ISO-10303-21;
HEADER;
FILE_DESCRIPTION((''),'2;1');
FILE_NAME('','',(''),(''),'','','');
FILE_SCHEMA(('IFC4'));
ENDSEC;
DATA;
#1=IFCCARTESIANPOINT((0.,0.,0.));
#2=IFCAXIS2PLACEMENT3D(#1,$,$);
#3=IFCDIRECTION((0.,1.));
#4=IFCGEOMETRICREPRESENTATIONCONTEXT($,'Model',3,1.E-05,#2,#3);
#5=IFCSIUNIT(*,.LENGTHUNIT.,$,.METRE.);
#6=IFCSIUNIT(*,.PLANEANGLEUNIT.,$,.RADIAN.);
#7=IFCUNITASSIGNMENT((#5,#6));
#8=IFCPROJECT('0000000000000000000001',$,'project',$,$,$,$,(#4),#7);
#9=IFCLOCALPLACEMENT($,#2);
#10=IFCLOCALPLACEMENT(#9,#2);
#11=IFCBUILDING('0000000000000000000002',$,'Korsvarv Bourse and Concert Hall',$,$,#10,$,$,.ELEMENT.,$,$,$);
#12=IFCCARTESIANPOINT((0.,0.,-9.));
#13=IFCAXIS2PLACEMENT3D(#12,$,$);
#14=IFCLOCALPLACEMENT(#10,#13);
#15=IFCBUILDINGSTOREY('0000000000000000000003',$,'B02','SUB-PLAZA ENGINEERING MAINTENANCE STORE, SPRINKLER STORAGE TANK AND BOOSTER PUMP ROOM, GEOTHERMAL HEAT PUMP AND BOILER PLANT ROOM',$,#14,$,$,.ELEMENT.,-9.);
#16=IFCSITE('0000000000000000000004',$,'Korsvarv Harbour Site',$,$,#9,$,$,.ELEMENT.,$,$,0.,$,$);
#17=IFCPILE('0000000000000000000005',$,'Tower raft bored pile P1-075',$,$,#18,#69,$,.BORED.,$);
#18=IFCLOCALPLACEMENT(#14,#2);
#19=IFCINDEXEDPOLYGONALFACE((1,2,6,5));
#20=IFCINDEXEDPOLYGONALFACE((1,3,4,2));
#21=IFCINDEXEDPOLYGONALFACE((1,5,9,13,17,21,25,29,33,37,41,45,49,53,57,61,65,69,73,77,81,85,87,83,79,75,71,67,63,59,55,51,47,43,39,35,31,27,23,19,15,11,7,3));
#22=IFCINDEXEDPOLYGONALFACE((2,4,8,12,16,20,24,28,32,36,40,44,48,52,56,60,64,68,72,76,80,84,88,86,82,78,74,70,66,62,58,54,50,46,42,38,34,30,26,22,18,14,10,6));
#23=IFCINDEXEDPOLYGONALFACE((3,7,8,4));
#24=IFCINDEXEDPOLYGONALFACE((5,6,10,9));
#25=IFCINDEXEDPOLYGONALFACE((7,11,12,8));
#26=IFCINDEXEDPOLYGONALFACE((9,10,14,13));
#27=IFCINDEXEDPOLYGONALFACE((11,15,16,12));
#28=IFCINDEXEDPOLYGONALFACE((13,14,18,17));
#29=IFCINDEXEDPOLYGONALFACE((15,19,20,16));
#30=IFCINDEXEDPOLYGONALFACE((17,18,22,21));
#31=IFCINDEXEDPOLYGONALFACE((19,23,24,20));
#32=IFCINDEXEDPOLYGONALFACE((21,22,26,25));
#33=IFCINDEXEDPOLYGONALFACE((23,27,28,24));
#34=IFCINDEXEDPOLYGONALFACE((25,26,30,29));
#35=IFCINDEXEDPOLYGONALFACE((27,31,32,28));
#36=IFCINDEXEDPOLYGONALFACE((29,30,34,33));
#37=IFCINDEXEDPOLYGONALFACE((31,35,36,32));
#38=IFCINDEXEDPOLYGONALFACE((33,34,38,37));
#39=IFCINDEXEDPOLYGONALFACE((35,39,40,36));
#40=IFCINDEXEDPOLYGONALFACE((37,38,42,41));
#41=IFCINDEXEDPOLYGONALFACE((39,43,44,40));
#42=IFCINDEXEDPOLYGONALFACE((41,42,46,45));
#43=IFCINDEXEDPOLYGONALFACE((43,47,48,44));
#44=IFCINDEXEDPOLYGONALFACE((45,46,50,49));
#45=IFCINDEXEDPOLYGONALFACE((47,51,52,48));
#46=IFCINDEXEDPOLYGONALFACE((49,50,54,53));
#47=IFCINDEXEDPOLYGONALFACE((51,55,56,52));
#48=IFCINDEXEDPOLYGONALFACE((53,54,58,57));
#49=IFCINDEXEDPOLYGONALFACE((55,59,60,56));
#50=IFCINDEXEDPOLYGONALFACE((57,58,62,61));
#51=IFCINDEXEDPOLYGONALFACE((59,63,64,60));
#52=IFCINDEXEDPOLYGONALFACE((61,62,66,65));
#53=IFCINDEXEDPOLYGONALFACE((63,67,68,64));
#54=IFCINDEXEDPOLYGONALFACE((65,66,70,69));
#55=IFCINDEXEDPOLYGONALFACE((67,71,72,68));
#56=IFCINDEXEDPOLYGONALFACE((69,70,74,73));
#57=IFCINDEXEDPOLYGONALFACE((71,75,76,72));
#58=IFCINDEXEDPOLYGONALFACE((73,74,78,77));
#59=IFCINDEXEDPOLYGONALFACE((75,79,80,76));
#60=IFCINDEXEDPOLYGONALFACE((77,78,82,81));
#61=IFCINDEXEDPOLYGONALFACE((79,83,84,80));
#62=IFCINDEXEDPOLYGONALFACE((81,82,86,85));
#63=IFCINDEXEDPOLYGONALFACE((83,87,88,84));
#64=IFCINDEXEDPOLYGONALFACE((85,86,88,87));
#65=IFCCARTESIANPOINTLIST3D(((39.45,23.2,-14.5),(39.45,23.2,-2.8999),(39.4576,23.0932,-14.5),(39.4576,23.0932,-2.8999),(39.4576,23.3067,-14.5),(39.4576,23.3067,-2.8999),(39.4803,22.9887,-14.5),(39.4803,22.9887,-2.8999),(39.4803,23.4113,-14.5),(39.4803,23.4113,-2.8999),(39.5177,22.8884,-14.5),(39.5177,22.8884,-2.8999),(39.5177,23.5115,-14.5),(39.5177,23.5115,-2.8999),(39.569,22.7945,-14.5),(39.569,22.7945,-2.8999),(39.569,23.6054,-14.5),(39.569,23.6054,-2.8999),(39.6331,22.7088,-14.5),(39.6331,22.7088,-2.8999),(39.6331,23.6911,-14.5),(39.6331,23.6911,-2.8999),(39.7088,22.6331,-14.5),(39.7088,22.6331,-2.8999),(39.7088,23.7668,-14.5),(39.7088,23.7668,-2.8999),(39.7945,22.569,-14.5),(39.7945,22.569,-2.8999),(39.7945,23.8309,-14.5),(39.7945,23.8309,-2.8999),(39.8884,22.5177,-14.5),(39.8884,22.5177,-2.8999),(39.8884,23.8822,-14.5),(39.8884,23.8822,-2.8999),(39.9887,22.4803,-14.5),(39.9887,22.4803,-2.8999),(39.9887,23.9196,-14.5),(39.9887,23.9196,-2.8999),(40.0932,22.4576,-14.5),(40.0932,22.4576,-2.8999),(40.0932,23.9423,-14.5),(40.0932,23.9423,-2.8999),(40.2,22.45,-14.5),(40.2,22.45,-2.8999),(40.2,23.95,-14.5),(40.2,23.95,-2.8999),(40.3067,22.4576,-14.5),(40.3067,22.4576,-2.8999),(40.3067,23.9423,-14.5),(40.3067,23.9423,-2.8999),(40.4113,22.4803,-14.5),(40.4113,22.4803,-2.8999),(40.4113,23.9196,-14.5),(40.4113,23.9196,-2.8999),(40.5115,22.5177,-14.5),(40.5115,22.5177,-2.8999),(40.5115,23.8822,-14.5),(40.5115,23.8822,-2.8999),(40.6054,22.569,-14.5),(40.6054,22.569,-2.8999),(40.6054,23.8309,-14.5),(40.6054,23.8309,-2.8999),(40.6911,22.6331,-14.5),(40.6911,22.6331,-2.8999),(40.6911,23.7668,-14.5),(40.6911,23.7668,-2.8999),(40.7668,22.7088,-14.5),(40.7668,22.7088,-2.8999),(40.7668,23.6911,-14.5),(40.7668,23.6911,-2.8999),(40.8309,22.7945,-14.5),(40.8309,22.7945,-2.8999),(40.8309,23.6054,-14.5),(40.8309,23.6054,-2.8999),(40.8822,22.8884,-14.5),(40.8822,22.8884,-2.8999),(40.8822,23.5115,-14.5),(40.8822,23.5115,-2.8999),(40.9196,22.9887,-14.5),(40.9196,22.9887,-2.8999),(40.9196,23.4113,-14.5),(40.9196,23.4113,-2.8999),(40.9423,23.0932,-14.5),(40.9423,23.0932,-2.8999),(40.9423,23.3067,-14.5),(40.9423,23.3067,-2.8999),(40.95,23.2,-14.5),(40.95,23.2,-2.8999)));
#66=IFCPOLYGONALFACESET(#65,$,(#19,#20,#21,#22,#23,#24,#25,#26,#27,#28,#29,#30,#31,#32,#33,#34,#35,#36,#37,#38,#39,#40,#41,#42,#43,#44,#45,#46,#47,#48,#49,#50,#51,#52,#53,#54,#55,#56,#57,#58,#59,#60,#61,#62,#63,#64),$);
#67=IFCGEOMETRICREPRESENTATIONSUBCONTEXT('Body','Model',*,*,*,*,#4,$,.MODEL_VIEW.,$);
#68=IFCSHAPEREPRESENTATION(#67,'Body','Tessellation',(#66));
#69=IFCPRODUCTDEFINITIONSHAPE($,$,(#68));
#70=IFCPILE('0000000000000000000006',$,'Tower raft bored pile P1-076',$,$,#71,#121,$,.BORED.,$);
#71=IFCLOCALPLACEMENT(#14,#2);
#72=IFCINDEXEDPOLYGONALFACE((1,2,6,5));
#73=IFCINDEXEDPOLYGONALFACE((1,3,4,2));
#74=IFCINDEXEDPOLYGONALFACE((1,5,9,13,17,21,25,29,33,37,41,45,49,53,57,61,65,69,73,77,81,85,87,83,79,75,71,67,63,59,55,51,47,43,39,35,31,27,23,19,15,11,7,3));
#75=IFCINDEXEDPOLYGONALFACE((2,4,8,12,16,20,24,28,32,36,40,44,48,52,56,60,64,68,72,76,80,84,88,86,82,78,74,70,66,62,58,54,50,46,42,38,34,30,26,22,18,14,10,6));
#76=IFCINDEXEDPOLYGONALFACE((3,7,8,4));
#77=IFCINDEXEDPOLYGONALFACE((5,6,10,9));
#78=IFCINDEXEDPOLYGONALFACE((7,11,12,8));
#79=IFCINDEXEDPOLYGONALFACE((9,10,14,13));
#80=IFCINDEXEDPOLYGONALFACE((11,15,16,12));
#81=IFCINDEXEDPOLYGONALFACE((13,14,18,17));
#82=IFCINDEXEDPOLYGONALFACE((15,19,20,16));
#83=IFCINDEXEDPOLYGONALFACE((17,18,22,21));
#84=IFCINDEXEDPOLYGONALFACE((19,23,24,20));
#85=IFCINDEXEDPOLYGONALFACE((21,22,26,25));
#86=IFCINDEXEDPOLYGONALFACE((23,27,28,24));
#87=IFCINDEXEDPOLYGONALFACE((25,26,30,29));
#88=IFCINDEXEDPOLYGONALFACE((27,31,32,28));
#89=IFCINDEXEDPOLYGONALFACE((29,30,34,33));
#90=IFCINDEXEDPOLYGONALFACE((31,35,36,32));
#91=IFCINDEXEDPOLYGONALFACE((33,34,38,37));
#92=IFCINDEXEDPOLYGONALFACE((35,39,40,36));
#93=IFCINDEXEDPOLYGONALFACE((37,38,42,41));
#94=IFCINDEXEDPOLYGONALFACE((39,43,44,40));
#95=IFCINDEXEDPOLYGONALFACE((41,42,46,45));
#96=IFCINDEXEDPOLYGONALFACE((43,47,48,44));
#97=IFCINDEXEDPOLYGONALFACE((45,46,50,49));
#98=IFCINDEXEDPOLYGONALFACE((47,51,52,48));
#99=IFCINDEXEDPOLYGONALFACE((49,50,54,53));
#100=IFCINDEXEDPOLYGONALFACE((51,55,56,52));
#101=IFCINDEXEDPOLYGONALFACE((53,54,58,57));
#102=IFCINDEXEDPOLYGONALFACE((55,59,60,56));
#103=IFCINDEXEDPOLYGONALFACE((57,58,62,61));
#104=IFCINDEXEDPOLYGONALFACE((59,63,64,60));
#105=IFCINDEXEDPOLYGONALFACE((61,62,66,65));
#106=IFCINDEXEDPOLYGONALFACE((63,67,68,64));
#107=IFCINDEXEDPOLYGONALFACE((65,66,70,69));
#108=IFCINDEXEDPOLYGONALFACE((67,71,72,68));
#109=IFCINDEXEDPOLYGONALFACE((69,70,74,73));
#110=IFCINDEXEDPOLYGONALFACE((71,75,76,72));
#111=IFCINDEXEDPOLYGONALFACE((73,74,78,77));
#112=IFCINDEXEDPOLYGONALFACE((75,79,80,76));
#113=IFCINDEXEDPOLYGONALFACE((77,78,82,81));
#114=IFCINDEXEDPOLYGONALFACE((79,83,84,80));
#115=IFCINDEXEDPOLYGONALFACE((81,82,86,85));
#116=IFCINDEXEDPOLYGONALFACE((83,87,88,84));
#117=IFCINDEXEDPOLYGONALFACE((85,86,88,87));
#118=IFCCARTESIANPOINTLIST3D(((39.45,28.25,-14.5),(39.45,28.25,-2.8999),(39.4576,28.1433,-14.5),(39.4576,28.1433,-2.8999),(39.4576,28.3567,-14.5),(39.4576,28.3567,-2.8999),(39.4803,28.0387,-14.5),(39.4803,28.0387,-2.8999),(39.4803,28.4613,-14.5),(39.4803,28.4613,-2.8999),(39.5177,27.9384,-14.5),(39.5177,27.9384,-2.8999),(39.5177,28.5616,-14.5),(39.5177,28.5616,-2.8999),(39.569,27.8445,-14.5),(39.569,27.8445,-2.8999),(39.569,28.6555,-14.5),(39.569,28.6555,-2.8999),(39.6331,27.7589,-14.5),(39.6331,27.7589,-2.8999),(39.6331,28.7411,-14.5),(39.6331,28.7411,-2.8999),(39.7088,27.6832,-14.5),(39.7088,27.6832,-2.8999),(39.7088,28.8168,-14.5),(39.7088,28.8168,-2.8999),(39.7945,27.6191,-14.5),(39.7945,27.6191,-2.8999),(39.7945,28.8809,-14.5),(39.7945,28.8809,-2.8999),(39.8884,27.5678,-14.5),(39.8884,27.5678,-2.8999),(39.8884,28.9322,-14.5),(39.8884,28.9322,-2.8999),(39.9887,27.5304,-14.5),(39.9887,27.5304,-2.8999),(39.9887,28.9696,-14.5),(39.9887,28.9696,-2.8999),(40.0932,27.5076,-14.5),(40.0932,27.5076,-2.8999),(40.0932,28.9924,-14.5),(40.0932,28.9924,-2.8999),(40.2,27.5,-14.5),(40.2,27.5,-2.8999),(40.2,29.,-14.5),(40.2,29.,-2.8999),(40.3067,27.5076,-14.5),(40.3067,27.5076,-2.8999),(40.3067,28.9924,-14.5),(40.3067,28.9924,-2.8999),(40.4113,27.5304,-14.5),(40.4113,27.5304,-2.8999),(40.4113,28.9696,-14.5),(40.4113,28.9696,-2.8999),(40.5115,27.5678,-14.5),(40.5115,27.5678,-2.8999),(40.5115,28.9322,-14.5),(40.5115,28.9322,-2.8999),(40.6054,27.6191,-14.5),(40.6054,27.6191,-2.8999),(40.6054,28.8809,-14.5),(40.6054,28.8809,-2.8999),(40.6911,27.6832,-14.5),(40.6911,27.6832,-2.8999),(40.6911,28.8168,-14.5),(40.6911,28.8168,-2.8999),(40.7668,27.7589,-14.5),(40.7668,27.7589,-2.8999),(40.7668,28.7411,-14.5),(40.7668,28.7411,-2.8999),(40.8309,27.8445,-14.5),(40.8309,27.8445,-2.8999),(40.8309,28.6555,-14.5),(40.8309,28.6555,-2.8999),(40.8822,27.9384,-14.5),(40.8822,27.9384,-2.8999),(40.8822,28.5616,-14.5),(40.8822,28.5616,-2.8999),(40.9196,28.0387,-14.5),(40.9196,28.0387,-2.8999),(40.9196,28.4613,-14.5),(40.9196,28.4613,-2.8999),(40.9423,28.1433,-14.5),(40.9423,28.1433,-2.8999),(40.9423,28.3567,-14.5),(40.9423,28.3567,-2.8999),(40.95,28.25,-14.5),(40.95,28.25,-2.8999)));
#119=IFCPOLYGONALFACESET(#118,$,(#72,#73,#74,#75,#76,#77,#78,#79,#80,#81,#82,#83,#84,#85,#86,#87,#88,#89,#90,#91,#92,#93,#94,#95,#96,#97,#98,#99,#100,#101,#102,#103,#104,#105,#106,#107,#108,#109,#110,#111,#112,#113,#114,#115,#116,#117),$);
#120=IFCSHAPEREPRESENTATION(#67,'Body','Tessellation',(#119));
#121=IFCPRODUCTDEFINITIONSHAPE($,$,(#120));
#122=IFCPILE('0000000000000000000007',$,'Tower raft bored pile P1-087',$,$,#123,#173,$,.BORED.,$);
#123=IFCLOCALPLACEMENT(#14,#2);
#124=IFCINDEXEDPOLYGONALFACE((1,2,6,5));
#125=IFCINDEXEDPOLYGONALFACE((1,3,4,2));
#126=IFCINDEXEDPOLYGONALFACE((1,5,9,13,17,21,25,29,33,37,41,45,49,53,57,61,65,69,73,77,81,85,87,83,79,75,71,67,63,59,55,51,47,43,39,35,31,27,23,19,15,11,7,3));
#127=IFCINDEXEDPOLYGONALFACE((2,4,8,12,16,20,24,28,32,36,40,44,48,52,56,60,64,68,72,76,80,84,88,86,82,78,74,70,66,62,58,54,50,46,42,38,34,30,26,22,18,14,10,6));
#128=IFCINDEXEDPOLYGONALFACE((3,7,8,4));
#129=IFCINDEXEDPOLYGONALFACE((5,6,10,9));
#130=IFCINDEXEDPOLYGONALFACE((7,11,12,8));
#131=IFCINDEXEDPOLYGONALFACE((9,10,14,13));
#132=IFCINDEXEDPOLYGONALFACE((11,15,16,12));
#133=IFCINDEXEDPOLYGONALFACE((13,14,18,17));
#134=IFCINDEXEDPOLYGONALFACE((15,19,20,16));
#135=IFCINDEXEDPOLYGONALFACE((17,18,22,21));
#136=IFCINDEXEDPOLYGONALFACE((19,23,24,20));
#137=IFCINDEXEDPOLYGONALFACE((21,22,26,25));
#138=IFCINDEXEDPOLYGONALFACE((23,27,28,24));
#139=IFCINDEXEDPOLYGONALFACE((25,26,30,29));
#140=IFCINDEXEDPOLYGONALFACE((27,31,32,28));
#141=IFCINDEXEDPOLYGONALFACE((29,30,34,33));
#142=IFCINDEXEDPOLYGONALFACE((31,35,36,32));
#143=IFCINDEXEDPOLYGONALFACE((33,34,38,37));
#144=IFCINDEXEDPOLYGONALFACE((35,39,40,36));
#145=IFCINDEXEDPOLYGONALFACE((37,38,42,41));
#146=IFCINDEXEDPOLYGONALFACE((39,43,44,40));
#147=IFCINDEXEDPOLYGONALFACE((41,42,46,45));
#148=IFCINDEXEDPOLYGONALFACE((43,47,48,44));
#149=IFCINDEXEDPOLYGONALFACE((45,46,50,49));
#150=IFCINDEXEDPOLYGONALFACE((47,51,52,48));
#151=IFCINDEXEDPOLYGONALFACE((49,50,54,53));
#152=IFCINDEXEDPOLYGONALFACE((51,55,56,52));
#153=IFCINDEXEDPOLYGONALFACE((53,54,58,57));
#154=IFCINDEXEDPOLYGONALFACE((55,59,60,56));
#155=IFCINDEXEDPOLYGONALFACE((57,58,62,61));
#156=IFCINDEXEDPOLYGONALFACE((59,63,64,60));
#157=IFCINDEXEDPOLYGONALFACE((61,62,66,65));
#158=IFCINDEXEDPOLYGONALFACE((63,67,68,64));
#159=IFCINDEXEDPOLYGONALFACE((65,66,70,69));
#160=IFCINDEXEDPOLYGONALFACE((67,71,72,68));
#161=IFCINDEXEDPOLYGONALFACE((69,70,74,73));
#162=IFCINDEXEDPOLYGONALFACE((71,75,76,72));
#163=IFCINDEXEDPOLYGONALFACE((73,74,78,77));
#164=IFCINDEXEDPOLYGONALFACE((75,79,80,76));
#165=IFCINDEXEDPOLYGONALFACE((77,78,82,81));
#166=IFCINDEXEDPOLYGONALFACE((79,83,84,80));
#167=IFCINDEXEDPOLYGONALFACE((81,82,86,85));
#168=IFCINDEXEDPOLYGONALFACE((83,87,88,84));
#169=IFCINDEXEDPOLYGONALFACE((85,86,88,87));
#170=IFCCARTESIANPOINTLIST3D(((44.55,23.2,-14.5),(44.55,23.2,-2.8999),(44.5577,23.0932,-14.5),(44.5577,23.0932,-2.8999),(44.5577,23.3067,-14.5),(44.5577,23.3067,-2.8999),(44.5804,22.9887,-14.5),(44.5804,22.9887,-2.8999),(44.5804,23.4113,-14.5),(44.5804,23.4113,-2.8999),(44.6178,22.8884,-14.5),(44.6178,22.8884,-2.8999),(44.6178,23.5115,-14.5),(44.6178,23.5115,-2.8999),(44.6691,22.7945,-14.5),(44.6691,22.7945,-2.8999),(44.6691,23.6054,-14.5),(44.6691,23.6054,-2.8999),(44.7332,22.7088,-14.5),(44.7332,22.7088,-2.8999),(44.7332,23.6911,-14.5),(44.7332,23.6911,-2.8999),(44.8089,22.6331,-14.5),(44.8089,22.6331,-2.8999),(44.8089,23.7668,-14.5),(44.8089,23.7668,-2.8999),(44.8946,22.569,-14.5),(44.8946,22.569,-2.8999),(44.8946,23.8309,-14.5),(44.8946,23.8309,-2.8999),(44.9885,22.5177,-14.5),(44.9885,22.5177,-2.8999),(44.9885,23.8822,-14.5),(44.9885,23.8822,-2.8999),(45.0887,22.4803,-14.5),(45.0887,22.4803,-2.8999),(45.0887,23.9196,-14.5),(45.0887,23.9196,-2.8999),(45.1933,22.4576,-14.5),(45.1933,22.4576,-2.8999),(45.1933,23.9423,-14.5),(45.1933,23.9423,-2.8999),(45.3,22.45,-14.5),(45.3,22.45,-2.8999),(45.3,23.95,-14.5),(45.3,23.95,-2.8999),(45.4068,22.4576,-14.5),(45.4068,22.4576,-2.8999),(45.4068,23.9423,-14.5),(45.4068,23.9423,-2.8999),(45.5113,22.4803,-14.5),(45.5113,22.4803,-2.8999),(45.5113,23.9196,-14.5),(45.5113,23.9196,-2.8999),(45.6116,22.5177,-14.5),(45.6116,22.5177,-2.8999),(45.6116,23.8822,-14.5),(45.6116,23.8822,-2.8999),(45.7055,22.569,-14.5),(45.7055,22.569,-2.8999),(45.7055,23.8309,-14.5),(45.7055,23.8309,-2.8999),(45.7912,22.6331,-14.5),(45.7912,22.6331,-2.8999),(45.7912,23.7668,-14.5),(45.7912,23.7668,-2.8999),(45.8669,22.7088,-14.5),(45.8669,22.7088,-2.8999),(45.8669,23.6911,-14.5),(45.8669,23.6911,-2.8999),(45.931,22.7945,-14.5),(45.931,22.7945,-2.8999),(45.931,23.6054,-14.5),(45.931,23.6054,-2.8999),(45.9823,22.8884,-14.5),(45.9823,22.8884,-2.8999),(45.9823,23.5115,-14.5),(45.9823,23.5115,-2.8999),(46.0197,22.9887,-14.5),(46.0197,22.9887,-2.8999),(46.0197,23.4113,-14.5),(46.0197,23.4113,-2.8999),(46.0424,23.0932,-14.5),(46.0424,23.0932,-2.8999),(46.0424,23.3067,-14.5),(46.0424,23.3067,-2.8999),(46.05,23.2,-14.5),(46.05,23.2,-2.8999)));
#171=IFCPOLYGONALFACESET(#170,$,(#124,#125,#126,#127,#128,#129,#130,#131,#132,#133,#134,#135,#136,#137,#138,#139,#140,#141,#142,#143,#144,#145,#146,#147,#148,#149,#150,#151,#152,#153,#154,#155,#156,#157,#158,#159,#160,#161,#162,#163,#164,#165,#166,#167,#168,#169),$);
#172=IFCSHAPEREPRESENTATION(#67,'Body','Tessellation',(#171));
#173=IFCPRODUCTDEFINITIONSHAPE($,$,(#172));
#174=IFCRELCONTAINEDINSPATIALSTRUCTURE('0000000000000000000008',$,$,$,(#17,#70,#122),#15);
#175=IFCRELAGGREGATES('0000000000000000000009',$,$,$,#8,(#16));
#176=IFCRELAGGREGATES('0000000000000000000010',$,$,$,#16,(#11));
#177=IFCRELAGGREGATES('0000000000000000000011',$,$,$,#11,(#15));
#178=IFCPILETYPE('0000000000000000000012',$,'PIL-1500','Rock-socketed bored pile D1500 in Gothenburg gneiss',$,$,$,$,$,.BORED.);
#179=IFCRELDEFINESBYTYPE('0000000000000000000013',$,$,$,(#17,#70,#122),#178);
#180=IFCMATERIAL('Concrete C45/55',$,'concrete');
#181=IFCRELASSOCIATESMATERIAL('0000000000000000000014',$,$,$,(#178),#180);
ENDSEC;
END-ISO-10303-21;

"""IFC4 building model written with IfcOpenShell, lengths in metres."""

from ifc_helpers import new_model, si_unit, direction, frame, origin, origin_2d, place, context, subcontext, project, spatial, circle, extrude, source, transform, mapped, material, material_profile, profile_set, type_object, element, save


model = new_model("IFC4")

# Units and contexts
model_context = context("Model", 3, precision=1e-05, world=origin(), true_north=direction((0.0, 1.0)))
body_context = subcontext(model_context, "Body", "Model", "MODEL_VIEW")
ifc_project = project(units=[si_unit("LENGTHUNIT", "METRE"), si_unit("PLANEANGLEUNIT", "RADIAN")], contexts=[model_context])

# Site, building, storey
site_placement = place(None, origin())
site = spatial("IfcSite", under=ifc_project, at=site_placement, Name="Korsvarv Harbour Site", CompositionType="ELEMENT", RefElevation=0.0)
building_placement = place(site_placement, origin())
building = spatial("IfcBuilding", under=site, at=building_placement, Name="Korsvarv Bourse and Concert Hall", CompositionType="ELEMENT")
storey_placement = place(building_placement, frame((0.0, 0.0, -9.0)))
storey = spatial("IfcBuildingStorey", under=building, at=storey_placement, Name="B02", Description="SUB-PLAZA ENGINEERING MAINTENANCE STORE, SPRINKLER STORAGE TANK AND BOOSTER PUMP ROOM, GEOTHERMAL HEAT PUMP AND BOILER PLANT ROOM", CompositionType="ELEMENT", Elevation=-9.0)

# Piles
ifc_material_1 = material(Name="Concrete C45/55", Category="concrete")
ifc_material_profile_1 = material_profile(ifc_material_1, circle(Radius=0.75, at=origin_2d()), Name="PILE D1500")
ifc_profile_set_1 = profile_set([ifc_material_profile_1], Name="Concrete C45/55")
pile_type = type_object("IfcPileType", Name="PIL-1500", Description="Rock-socketed bored pile D1500 in Gothenburg gneiss", PredefinedType="BORED", material=ifc_profile_set_1)
shared_shape_1 = source(origin(), body_context, "Body", "SweptSolid", [
    extrude(circle(Radius=0.75, at=origin_2d()), origin(), (0.0, 0.0, 1.0), 11.6001),
])
for number, where, z_axis, x_axis, name in (
    (1, (40.2, 23.2, -2.8999), (0.0, 0.0, -1.0), (1.0, 0.0, 0.0), "Tower raft bored pile P1-075"),
    (2, (40.2, 28.25, -2.8999), (0.0, 0.0, -1.0), (1.0, 0.0, 0.0), "Tower raft bored pile P1-076"),
    (3, (45.3, 23.2, -2.8999), (0.0, 0.0, -1.0), (1.0, 0.0, 0.0), "Tower raft bored pile P1-087"),
):
    element("IfcPile", number, at=place(storey_placement, frame(where, z_axis=z_axis, x_axis=x_axis)), inside=storey, type_object=pile_type, Name=name, PredefinedType="BORED", context=body_context, shape_type="MappedRepresentation", body=[
        mapped(shared_shape_1, transform((0.0, 0.0, 0.0), scale=1.0)),
    ])

save(model, "model.ifc")
